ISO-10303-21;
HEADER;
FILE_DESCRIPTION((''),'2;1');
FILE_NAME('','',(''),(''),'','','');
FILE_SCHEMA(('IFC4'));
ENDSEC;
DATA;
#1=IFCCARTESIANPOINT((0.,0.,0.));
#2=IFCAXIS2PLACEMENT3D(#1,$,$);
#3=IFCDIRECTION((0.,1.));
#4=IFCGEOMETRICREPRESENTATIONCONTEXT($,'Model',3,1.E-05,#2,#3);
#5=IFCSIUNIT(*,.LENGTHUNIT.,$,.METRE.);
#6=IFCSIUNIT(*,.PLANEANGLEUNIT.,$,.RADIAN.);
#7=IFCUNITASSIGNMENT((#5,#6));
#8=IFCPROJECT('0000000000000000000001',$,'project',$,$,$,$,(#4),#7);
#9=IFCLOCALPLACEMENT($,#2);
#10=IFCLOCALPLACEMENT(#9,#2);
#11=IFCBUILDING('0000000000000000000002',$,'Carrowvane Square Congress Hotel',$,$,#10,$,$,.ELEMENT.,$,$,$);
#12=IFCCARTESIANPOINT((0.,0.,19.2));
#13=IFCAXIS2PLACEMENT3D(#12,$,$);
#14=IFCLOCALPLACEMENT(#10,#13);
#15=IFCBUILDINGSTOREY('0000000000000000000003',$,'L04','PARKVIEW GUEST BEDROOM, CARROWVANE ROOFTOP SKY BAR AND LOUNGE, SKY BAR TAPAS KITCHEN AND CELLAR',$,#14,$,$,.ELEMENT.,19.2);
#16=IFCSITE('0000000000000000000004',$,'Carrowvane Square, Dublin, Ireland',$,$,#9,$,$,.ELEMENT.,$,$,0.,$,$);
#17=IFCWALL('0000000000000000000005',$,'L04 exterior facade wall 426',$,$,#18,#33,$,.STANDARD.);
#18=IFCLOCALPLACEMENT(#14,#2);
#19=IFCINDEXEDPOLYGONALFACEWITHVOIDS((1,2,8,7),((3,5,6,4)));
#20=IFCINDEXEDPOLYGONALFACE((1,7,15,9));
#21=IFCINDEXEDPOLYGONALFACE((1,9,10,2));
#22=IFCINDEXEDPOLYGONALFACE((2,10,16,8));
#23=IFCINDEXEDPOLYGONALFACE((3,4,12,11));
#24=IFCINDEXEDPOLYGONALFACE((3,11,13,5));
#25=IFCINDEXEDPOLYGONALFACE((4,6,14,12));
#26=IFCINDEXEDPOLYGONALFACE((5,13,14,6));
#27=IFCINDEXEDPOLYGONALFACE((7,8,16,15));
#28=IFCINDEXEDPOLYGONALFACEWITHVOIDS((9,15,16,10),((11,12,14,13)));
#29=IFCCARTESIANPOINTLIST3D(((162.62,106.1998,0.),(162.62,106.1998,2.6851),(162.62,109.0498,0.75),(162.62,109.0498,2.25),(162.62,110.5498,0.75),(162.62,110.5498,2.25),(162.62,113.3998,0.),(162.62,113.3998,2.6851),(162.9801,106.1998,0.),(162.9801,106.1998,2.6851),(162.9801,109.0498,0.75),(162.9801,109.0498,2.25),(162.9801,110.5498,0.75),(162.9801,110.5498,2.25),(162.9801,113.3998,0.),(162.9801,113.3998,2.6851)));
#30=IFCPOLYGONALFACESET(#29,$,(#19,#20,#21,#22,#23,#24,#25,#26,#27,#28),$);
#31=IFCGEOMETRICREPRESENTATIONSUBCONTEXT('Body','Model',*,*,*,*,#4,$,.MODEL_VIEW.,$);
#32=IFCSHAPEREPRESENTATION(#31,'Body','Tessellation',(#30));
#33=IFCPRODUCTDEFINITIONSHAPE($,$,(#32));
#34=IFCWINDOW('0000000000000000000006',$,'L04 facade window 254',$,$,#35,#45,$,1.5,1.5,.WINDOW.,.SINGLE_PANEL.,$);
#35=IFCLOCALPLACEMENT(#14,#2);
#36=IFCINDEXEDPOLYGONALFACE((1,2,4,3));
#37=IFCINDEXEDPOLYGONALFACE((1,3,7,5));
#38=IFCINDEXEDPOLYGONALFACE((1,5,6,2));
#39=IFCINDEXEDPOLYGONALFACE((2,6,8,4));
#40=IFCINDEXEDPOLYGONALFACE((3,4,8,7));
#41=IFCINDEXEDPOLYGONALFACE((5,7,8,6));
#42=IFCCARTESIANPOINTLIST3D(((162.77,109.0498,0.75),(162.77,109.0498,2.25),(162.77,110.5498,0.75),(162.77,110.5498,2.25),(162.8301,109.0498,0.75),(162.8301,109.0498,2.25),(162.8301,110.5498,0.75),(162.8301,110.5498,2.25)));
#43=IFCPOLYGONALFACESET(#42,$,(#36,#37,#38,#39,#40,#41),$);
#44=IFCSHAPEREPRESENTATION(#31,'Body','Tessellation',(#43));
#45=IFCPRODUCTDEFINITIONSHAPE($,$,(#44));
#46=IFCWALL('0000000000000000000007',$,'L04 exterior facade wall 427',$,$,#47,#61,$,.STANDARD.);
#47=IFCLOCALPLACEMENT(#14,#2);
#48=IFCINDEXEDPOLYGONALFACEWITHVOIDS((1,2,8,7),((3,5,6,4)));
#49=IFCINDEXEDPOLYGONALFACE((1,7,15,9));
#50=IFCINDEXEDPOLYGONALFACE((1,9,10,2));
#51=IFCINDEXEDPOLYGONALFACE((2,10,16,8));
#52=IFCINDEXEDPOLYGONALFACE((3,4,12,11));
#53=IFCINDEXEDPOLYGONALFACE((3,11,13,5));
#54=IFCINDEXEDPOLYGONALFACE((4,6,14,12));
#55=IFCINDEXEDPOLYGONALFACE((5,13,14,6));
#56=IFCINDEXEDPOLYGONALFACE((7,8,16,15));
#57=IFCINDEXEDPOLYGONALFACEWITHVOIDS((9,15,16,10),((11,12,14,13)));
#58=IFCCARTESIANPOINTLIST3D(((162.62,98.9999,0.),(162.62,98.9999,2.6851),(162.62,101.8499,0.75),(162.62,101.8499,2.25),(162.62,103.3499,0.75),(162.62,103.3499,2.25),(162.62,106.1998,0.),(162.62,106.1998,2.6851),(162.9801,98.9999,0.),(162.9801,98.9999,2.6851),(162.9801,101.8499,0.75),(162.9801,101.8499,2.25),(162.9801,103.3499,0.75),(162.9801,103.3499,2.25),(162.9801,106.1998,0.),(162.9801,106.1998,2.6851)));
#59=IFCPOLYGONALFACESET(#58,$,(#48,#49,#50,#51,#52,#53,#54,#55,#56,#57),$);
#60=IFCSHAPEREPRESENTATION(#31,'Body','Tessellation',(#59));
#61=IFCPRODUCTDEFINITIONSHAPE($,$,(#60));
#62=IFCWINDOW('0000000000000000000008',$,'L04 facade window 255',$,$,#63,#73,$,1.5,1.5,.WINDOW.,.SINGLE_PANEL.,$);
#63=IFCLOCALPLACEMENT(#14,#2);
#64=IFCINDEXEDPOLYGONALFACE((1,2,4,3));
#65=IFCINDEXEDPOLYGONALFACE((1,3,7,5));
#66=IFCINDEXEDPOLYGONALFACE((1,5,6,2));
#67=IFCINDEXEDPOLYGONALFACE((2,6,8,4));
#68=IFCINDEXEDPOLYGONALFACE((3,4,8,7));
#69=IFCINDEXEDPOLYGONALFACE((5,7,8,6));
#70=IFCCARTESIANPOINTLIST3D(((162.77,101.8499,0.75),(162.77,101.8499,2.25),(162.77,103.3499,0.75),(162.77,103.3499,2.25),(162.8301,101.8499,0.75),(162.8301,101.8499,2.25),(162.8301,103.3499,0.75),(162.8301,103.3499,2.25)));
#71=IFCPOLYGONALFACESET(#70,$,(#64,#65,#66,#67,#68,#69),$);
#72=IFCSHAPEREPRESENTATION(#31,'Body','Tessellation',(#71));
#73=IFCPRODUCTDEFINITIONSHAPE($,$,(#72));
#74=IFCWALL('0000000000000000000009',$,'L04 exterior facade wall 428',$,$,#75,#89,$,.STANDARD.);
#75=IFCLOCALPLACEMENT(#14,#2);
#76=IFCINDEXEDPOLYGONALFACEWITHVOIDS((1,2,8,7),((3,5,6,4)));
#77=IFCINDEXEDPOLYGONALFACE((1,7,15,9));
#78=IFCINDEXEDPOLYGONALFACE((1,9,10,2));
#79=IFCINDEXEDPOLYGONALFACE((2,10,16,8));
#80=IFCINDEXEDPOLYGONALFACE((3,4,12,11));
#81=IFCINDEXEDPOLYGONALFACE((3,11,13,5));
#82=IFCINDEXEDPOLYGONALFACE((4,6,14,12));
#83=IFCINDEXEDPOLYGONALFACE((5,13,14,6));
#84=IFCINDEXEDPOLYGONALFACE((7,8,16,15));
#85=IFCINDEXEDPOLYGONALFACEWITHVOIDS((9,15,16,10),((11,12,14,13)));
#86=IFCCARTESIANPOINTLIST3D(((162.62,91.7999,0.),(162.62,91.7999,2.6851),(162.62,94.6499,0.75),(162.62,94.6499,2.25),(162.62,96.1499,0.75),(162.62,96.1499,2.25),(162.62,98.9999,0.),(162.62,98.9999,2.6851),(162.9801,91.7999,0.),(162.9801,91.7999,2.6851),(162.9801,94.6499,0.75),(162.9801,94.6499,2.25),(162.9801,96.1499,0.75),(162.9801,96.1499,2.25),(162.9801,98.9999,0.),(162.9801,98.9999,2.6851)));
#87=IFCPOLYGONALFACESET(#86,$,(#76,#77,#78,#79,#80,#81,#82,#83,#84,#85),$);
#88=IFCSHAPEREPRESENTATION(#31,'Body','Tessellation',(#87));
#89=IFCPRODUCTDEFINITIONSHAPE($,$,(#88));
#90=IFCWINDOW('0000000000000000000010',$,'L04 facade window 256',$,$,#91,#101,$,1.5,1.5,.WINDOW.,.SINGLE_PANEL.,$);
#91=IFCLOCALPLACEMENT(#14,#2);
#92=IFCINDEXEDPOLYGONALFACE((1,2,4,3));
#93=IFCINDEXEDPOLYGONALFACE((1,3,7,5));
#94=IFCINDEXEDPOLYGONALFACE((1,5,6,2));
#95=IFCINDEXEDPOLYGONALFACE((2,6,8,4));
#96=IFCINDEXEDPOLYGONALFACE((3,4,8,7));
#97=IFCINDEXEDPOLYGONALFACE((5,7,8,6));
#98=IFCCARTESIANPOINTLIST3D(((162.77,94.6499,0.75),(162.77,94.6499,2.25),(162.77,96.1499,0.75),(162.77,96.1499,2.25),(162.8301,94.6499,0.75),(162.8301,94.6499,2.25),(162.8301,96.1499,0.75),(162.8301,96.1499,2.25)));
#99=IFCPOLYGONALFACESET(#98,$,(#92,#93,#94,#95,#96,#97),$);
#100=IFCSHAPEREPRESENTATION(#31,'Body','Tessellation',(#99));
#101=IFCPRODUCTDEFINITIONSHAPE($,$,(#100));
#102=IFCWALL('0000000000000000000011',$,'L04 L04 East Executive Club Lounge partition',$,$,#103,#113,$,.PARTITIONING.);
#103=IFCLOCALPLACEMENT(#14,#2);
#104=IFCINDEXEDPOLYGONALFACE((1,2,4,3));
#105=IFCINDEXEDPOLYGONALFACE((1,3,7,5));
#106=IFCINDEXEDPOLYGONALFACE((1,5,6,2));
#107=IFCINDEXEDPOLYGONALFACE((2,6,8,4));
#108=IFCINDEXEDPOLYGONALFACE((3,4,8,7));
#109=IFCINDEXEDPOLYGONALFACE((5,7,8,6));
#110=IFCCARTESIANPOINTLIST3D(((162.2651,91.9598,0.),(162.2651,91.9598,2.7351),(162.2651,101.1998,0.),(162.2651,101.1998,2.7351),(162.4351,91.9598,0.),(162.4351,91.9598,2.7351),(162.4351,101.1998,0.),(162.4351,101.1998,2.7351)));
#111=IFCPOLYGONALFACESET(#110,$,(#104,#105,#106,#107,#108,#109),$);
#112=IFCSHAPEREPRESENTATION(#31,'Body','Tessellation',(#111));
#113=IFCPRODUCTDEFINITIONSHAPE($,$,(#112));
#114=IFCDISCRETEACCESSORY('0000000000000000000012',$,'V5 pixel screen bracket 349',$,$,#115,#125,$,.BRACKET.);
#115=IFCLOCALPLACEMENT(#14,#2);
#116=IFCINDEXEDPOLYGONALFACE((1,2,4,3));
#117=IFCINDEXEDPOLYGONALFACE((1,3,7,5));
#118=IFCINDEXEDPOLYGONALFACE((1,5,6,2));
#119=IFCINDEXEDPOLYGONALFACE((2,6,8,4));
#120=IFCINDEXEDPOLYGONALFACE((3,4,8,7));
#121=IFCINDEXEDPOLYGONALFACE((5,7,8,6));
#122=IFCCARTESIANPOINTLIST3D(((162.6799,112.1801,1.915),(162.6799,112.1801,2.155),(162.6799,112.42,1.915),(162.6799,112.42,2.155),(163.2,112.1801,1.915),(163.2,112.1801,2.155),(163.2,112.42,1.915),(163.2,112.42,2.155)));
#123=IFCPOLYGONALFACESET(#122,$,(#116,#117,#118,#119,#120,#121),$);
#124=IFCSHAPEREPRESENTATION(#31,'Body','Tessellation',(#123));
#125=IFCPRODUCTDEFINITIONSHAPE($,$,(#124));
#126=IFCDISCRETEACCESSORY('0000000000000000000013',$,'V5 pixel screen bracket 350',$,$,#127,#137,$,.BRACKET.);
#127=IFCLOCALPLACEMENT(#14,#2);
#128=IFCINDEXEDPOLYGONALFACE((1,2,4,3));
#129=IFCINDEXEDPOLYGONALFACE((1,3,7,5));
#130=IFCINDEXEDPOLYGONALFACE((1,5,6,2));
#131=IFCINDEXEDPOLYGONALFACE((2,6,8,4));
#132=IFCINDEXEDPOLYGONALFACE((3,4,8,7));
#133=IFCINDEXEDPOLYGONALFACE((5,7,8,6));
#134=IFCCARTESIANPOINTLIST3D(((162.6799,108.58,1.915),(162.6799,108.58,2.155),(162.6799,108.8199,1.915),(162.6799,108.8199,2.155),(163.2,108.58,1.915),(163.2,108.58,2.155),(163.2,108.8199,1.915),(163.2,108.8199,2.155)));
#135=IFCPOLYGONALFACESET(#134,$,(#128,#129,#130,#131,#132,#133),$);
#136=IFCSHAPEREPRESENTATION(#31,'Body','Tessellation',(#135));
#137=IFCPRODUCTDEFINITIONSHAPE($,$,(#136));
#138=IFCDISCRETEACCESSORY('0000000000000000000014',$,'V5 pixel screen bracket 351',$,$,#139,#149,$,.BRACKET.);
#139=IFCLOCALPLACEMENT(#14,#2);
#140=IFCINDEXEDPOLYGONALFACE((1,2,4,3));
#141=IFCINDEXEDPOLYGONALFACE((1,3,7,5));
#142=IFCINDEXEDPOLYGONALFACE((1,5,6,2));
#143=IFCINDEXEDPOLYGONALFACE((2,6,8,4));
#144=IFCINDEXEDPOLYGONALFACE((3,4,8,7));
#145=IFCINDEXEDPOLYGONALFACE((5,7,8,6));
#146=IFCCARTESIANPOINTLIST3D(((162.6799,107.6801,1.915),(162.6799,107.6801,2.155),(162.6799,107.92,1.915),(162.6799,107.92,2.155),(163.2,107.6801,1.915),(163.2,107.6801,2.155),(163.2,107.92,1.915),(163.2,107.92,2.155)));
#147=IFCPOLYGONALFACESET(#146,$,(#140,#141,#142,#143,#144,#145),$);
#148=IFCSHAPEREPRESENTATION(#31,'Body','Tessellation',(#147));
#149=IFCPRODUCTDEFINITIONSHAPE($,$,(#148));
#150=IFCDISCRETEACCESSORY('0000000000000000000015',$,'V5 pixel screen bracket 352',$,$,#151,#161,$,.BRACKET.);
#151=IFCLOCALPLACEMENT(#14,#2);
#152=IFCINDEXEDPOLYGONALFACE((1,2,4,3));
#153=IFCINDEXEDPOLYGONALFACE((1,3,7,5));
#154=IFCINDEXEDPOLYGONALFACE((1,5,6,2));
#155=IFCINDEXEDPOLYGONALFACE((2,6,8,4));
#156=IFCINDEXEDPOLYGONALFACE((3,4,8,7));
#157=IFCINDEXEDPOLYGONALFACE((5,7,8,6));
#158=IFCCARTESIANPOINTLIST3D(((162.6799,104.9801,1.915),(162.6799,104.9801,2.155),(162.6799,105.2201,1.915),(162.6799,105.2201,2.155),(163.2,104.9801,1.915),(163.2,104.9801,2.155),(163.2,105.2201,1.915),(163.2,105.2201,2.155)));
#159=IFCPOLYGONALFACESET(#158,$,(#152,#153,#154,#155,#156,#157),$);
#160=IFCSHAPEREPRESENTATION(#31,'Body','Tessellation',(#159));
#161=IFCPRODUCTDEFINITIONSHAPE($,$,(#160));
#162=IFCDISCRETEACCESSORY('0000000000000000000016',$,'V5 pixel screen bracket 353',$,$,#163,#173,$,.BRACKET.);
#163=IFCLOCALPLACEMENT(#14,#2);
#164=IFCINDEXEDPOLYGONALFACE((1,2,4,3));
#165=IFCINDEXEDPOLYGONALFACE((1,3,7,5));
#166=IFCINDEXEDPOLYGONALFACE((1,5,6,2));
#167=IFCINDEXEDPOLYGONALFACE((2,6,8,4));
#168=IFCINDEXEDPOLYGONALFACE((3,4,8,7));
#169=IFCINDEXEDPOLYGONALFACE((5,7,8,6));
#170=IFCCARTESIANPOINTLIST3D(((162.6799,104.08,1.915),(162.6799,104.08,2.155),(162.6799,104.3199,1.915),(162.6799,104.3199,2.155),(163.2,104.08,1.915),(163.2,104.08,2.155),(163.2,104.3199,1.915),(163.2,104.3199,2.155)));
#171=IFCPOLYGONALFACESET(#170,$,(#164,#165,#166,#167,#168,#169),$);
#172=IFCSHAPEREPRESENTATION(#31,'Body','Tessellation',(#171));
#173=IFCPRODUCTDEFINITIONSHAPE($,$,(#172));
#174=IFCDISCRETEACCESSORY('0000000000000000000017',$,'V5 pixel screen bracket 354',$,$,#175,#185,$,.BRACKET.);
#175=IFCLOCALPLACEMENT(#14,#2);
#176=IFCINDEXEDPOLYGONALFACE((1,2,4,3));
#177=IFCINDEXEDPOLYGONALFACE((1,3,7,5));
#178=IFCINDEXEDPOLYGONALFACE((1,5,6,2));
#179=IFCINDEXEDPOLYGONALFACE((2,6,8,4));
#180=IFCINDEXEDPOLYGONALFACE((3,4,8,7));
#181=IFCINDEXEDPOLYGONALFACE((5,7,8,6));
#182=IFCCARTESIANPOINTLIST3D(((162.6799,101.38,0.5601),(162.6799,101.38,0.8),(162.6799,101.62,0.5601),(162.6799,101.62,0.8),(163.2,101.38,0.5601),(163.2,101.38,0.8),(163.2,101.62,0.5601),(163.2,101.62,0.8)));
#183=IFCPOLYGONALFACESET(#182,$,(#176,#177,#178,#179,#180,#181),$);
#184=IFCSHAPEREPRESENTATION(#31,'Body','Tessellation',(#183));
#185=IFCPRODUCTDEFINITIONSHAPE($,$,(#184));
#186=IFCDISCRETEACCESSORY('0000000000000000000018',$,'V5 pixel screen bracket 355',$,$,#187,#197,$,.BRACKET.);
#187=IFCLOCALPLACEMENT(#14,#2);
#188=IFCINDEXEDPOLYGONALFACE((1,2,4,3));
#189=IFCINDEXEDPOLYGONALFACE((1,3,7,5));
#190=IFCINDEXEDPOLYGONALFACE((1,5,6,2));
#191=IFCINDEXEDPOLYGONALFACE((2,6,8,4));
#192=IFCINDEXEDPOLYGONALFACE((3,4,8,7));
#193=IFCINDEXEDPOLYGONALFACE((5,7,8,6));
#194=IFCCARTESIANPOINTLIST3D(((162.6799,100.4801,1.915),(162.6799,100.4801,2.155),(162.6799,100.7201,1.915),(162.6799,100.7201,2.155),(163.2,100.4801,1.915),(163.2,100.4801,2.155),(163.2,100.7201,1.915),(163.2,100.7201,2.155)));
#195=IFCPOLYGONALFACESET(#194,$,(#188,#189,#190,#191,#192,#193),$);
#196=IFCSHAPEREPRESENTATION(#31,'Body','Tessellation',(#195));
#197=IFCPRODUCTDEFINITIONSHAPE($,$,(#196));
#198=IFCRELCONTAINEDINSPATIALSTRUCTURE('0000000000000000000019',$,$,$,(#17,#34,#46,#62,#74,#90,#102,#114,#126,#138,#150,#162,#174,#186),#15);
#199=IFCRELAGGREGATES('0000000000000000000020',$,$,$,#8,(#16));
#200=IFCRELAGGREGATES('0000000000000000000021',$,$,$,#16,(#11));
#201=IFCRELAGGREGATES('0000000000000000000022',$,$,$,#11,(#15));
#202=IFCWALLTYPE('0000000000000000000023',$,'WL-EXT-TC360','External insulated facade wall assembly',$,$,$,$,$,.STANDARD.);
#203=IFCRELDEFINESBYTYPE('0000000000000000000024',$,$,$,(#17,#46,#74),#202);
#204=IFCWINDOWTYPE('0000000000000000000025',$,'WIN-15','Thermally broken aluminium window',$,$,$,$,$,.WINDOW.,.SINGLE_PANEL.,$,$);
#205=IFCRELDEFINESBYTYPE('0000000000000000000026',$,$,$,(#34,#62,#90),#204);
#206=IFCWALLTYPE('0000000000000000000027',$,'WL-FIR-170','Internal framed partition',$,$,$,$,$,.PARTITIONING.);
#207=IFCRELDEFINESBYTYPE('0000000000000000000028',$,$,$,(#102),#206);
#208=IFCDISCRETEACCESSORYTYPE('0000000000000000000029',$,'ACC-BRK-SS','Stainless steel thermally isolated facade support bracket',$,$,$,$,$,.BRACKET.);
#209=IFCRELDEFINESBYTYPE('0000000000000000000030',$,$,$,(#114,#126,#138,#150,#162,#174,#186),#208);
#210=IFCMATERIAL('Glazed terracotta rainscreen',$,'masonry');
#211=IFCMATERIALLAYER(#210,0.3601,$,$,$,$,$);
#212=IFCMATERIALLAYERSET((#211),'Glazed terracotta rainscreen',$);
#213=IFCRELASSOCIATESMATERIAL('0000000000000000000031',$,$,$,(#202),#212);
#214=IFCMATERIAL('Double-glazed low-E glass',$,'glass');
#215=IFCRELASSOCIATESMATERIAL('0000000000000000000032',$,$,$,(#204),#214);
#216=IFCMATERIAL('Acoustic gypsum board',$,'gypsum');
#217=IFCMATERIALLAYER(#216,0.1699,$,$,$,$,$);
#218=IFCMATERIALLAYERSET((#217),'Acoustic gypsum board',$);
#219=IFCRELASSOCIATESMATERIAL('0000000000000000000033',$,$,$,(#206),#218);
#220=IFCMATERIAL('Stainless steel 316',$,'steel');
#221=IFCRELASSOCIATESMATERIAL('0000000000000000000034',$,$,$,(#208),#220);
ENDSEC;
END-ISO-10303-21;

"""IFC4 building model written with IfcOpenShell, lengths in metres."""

from ifc_helpers import new_model, si_unit, direction, frame, frame_2d, origin, origin_2d, place, context, subcontext, project, spatial, rectangle, extrude, material, layer, layer_set, type_object, element, fill, save


model = new_model("IFC4")

# Units and contexts
model_context = context("Model", 3, precision=1e-05, world=origin(), true_north=direction((0.0, 1.0)))
body_context = subcontext(model_context, "Body", "Model", "MODEL_VIEW")
ifc_project = project(units=[si_unit("LENGTHUNIT", "METRE"), si_unit("PLANEANGLEUNIT", "RADIAN")], contexts=[model_context])

# Site, building, storey
site_placement = place(None, origin())
site = spatial("IfcSite", under=ifc_project, at=site_placement, Name="Carrowvane Square, Dublin, Ireland", CompositionType="ELEMENT", RefElevation=0.0)
building_placement = place(site_placement, origin())
building = spatial("IfcBuilding", under=site, at=building_placement, Name="Carrowvane Square Congress Hotel", CompositionType="ELEMENT")
storey_placement = place(building_placement, frame((0.0, 0.0, 19.2)))
storey = spatial("IfcBuildingStorey", under=building, at=storey_placement, Name="L04", Description="PARKVIEW GUEST BEDROOM, CARROWVANE ROOFTOP SKY BAR AND LOUNGE, SKY BAR TAPAS KITCHEN AND CELLAR", CompositionType="ELEMENT", Elevation=19.2)

# Walls, openings, windows
ifc_material_1 = material(Name="Glazed terracotta rainscreen", Category="masonry")
ifc_layer_1 = layer(ifc_material_1, 0.3601)
ifc_layer_set_1 = layer_set([ifc_layer_1], Name="Glazed terracotta rainscreen")
wall_type_1 = type_object("IfcWallType", Name="WL-EXT-TC360", Description="External insulated facade wall assembly", PredefinedType="STANDARD", material=ifc_layer_set_1)
wall_1_placement = place(storey_placement, frame((162.8, 113.3999, 0.0), z_axis=(0.0, 0.0, 1.0), x_axis=(0.0, -1.0, 0.0)))
wall_1 = element("IfcWall", 1, at=wall_1_placement, inside=storey, type_object=wall_type_1, Name="L04 exterior facade wall 426", PredefinedType="STANDARD", context=body_context, shape_type="SweptSolid", body=[
    extrude(rectangle(XDim=7.2, YDim=0.3601, at=frame_2d((3.6001, 0.0))), origin(), (0.0, 0.0, 1.0), 2.6851),
])
opening_1_placement = place(wall_1_placement, frame((2.8501, 0.0, 0.75)))
opening_1 = element("IfcOpeningElement", 2, at=opening_1_placement, cuts=wall_1, PredefinedType="OPENING", context=body_context, shape_type="SweptSolid", body=[
    extrude(rectangle(XDim=1.5, YDim=1.5, at=frame_2d((0.75, 0.75))), frame((0.0, 0.1899, 0.0), z_axis=(0.0, -1.0, 0.0), x_axis=(1.0, 0.0, 0.0)), (0.0, 0.0, 1.0), 0.3801),
])
ifc_material_2 = material(Name="Double-glazed low-E glass", Category="glass")
window_type = type_object("IfcWindowType", Name="WIN-15", Description="Thermally broken aluminium window", PartitioningType="SINGLE_PANEL", PredefinedType="WINDOW", material=ifc_material_2)
window_1_placement = place(opening_1_placement, origin())
window_1 = element("IfcWindow", 3, at=window_1_placement, inside=storey, type_object=window_type, Name="L04 facade window 254", OverallHeight=1.5, OverallWidth=1.5, PartitioningType="SINGLE_PANEL", PredefinedType="WINDOW", context=body_context, shape_type="SweptSolid", body=[
    extrude(rectangle(XDim=1.5, YDim=1.5, at=frame_2d((0.75, 0.75))), frame((0.0, 0.03, 0.0), z_axis=(0.0, -1.0, 0.0), x_axis=(1.0, 0.0, 0.0)), (0.0, 0.0, 1.0), 0.0601),
])
fill(opening_1, window_1)
wall_2_placement = place(storey_placement, frame((162.8, 106.2, 0.0), z_axis=(0.0, 0.0, 1.0), x_axis=(0.0, -1.0, 0.0)))
wall_2 = element("IfcWall", 4, at=wall_2_placement, inside=storey, type_object=wall_type_1, Name="L04 exterior facade wall 427", PredefinedType="STANDARD", context=body_context, shape_type="SweptSolid", body=[
    extrude(rectangle(XDim=7.2, YDim=0.3601, at=frame_2d((3.6001, 0.0))), origin(), (0.0, 0.0, 1.0), 2.6851),
])
opening_2_placement = place(wall_2_placement, frame((2.8501, 0.0, 0.75)))
opening_2 = element("IfcOpeningElement", 5, at=opening_2_placement, cuts=wall_2, PredefinedType="OPENING", context=body_context, shape_type="SweptSolid", body=[
    extrude(rectangle(XDim=1.5, YDim=1.5, at=frame_2d((0.75, 0.75))), frame((0.0, 0.1899, 0.0), z_axis=(0.0, -1.0, 0.0), x_axis=(1.0, 0.0, 0.0)), (0.0, 0.0, 1.0), 0.3801),
])
window_2_placement = place(opening_2_placement, origin())
window_2 = element("IfcWindow", 6, at=window_2_placement, inside=storey, type_object=window_type, Name="L04 facade window 255", OverallHeight=1.5, OverallWidth=1.5, PartitioningType="SINGLE_PANEL", PredefinedType="WINDOW", context=body_context, shape_type="SweptSolid", body=[
    extrude(rectangle(XDim=1.5, YDim=1.5, at=frame_2d((0.75, 0.75))), frame((0.0, 0.03, 0.0), z_axis=(0.0, -1.0, 0.0), x_axis=(1.0, 0.0, 0.0)), (0.0, 0.0, 1.0), 0.0601),
])
fill(opening_2, window_2)
wall_3_placement = place(storey_placement, frame((162.8, 99.0, 0.0), z_axis=(0.0, 0.0, 1.0), x_axis=(0.0, -1.0, 0.0)))
wall_3 = element("IfcWall", 7, at=wall_3_placement, inside=storey, type_object=wall_type_1, Name="L04 exterior facade wall 428", PredefinedType="STANDARD", context=body_context, shape_type="SweptSolid", body=[
    extrude(rectangle(XDim=7.2, YDim=0.3601, at=frame_2d((3.6001, 0.0))), origin(), (0.0, 0.0, 1.0), 2.6851),
])
opening_3_placement = place(wall_3_placement, frame((2.8501, 0.0, 0.75)))
opening_3 = element("IfcOpeningElement", 8, at=opening_3_placement, cuts=wall_3, PredefinedType="OPENING", context=body_context, shape_type="SweptSolid", body=[
    extrude(rectangle(XDim=1.5, YDim=1.5, at=frame_2d((0.75, 0.75))), frame((0.0, 0.1899, 0.0), z_axis=(0.0, -1.0, 0.0), x_axis=(1.0, 0.0, 0.0)), (0.0, 0.0, 1.0), 0.3801),
])
window_3_placement = place(opening_3_placement, origin())
window_3 = element("IfcWindow", 9, at=window_3_placement, inside=storey, type_object=window_type, Name="L04 facade window 256", OverallHeight=1.5, OverallWidth=1.5, PartitioningType="SINGLE_PANEL", PredefinedType="WINDOW", context=body_context, shape_type="SweptSolid", body=[
    extrude(rectangle(XDim=1.5, YDim=1.5, at=frame_2d((0.75, 0.75))), frame((0.0, 0.03, 0.0), z_axis=(0.0, -1.0, 0.0), x_axis=(1.0, 0.0, 0.0)), (0.0, 0.0, 1.0), 0.0601),
])
fill(opening_3, window_3)

# Wall
ifc_material_3 = material(Name="Acoustic gypsum board", Category="gypsum")
ifc_layer_2 = layer(ifc_material_3, 0.1699)
ifc_layer_set_2 = layer_set([ifc_layer_2], Name="Acoustic gypsum board")
wall_type_2 = type_object("IfcWallType", Name="WL-FIR-170", Description="Internal framed partition", PredefinedType="PARTITIONING", material=ifc_layer_set_2)
wall_4_placement = place(storey_placement, frame((162.3501, 101.2, 0.0), z_axis=(0.0, 0.0, 1.0), x_axis=(0.0, -1.0, 0.0)))
element("IfcWall", 10, at=wall_4_placement, inside=storey, type_object=wall_type_2, Name="L04 L04 East Executive Club Lounge partition", PredefinedType="PARTITIONING", context=body_context, shape_type="SweptSolid", body=[
    extrude(rectangle(XDim=9.24, YDim=0.1699, at=frame_2d((4.6201, 0.0))), origin(), (0.0, 0.0, 1.0), 2.7351),
])

# Discrete accessories
ifc_material_4 = material(Name="Stainless steel 316", Category="steel")
discrete_accessory_type = type_object("IfcDiscreteAccessoryType", Name="ACC-BRK-SS", Description="Stainless steel thermally isolated facade support bracket", PredefinedType="BRACKET", material=ifc_material_4)
for number, where, z_axis, x_axis, name in (
    (11, (162.9399, 112.3, 1.915), (0.0, 0.0, 1.0), (0.0, -1.0, 0.0), "V5 pixel screen bracket 349"),
    (12, (162.9399, 108.7, 1.915), (0.0, 0.0, 1.0), (0.0, -1.0, 0.0), "V5 pixel screen bracket 350"),
    (13, (162.9399, 107.8, 1.915), (0.0, 0.0, 1.0), (0.0, -1.0, 0.0), "V5 pixel screen bracket 351"),
    (14, (162.9399, 105.1001, 1.915), (0.0, 0.0, 1.0), (0.0, -1.0, 0.0), "V5 pixel screen bracket 352"),
    (15, (162.9399, 104.2, 1.915), (0.0, 0.0, 1.0), (0.0, -1.0, 0.0), "V5 pixel screen bracket 353"),
    (16, (162.9399, 101.5, 0.5601), (0.0, 0.0, 1.0), (0.0, -1.0, 0.0), "V5 pixel screen bracket 354"),
    (17, (162.9399, 100.6001, 1.915), (0.0, 0.0, 1.0), (0.0, -1.0, 0.0), "V5 pixel screen bracket 355"),
):
    element("IfcDiscreteAccessory", number, at=place(storey_placement, frame(where, z_axis=z_axis, x_axis=x_axis)), inside=storey, type_object=discrete_accessory_type, Name=name, PredefinedType="BRACKET", context=body_context, shape_type="SweptSolid", body=[
        extrude(rectangle(XDim=0.24, YDim=0.52, at=origin_2d()), origin(), (0.0, 0.0, 1.0), 0.24),
    ])

save(model, "model.ifc")
